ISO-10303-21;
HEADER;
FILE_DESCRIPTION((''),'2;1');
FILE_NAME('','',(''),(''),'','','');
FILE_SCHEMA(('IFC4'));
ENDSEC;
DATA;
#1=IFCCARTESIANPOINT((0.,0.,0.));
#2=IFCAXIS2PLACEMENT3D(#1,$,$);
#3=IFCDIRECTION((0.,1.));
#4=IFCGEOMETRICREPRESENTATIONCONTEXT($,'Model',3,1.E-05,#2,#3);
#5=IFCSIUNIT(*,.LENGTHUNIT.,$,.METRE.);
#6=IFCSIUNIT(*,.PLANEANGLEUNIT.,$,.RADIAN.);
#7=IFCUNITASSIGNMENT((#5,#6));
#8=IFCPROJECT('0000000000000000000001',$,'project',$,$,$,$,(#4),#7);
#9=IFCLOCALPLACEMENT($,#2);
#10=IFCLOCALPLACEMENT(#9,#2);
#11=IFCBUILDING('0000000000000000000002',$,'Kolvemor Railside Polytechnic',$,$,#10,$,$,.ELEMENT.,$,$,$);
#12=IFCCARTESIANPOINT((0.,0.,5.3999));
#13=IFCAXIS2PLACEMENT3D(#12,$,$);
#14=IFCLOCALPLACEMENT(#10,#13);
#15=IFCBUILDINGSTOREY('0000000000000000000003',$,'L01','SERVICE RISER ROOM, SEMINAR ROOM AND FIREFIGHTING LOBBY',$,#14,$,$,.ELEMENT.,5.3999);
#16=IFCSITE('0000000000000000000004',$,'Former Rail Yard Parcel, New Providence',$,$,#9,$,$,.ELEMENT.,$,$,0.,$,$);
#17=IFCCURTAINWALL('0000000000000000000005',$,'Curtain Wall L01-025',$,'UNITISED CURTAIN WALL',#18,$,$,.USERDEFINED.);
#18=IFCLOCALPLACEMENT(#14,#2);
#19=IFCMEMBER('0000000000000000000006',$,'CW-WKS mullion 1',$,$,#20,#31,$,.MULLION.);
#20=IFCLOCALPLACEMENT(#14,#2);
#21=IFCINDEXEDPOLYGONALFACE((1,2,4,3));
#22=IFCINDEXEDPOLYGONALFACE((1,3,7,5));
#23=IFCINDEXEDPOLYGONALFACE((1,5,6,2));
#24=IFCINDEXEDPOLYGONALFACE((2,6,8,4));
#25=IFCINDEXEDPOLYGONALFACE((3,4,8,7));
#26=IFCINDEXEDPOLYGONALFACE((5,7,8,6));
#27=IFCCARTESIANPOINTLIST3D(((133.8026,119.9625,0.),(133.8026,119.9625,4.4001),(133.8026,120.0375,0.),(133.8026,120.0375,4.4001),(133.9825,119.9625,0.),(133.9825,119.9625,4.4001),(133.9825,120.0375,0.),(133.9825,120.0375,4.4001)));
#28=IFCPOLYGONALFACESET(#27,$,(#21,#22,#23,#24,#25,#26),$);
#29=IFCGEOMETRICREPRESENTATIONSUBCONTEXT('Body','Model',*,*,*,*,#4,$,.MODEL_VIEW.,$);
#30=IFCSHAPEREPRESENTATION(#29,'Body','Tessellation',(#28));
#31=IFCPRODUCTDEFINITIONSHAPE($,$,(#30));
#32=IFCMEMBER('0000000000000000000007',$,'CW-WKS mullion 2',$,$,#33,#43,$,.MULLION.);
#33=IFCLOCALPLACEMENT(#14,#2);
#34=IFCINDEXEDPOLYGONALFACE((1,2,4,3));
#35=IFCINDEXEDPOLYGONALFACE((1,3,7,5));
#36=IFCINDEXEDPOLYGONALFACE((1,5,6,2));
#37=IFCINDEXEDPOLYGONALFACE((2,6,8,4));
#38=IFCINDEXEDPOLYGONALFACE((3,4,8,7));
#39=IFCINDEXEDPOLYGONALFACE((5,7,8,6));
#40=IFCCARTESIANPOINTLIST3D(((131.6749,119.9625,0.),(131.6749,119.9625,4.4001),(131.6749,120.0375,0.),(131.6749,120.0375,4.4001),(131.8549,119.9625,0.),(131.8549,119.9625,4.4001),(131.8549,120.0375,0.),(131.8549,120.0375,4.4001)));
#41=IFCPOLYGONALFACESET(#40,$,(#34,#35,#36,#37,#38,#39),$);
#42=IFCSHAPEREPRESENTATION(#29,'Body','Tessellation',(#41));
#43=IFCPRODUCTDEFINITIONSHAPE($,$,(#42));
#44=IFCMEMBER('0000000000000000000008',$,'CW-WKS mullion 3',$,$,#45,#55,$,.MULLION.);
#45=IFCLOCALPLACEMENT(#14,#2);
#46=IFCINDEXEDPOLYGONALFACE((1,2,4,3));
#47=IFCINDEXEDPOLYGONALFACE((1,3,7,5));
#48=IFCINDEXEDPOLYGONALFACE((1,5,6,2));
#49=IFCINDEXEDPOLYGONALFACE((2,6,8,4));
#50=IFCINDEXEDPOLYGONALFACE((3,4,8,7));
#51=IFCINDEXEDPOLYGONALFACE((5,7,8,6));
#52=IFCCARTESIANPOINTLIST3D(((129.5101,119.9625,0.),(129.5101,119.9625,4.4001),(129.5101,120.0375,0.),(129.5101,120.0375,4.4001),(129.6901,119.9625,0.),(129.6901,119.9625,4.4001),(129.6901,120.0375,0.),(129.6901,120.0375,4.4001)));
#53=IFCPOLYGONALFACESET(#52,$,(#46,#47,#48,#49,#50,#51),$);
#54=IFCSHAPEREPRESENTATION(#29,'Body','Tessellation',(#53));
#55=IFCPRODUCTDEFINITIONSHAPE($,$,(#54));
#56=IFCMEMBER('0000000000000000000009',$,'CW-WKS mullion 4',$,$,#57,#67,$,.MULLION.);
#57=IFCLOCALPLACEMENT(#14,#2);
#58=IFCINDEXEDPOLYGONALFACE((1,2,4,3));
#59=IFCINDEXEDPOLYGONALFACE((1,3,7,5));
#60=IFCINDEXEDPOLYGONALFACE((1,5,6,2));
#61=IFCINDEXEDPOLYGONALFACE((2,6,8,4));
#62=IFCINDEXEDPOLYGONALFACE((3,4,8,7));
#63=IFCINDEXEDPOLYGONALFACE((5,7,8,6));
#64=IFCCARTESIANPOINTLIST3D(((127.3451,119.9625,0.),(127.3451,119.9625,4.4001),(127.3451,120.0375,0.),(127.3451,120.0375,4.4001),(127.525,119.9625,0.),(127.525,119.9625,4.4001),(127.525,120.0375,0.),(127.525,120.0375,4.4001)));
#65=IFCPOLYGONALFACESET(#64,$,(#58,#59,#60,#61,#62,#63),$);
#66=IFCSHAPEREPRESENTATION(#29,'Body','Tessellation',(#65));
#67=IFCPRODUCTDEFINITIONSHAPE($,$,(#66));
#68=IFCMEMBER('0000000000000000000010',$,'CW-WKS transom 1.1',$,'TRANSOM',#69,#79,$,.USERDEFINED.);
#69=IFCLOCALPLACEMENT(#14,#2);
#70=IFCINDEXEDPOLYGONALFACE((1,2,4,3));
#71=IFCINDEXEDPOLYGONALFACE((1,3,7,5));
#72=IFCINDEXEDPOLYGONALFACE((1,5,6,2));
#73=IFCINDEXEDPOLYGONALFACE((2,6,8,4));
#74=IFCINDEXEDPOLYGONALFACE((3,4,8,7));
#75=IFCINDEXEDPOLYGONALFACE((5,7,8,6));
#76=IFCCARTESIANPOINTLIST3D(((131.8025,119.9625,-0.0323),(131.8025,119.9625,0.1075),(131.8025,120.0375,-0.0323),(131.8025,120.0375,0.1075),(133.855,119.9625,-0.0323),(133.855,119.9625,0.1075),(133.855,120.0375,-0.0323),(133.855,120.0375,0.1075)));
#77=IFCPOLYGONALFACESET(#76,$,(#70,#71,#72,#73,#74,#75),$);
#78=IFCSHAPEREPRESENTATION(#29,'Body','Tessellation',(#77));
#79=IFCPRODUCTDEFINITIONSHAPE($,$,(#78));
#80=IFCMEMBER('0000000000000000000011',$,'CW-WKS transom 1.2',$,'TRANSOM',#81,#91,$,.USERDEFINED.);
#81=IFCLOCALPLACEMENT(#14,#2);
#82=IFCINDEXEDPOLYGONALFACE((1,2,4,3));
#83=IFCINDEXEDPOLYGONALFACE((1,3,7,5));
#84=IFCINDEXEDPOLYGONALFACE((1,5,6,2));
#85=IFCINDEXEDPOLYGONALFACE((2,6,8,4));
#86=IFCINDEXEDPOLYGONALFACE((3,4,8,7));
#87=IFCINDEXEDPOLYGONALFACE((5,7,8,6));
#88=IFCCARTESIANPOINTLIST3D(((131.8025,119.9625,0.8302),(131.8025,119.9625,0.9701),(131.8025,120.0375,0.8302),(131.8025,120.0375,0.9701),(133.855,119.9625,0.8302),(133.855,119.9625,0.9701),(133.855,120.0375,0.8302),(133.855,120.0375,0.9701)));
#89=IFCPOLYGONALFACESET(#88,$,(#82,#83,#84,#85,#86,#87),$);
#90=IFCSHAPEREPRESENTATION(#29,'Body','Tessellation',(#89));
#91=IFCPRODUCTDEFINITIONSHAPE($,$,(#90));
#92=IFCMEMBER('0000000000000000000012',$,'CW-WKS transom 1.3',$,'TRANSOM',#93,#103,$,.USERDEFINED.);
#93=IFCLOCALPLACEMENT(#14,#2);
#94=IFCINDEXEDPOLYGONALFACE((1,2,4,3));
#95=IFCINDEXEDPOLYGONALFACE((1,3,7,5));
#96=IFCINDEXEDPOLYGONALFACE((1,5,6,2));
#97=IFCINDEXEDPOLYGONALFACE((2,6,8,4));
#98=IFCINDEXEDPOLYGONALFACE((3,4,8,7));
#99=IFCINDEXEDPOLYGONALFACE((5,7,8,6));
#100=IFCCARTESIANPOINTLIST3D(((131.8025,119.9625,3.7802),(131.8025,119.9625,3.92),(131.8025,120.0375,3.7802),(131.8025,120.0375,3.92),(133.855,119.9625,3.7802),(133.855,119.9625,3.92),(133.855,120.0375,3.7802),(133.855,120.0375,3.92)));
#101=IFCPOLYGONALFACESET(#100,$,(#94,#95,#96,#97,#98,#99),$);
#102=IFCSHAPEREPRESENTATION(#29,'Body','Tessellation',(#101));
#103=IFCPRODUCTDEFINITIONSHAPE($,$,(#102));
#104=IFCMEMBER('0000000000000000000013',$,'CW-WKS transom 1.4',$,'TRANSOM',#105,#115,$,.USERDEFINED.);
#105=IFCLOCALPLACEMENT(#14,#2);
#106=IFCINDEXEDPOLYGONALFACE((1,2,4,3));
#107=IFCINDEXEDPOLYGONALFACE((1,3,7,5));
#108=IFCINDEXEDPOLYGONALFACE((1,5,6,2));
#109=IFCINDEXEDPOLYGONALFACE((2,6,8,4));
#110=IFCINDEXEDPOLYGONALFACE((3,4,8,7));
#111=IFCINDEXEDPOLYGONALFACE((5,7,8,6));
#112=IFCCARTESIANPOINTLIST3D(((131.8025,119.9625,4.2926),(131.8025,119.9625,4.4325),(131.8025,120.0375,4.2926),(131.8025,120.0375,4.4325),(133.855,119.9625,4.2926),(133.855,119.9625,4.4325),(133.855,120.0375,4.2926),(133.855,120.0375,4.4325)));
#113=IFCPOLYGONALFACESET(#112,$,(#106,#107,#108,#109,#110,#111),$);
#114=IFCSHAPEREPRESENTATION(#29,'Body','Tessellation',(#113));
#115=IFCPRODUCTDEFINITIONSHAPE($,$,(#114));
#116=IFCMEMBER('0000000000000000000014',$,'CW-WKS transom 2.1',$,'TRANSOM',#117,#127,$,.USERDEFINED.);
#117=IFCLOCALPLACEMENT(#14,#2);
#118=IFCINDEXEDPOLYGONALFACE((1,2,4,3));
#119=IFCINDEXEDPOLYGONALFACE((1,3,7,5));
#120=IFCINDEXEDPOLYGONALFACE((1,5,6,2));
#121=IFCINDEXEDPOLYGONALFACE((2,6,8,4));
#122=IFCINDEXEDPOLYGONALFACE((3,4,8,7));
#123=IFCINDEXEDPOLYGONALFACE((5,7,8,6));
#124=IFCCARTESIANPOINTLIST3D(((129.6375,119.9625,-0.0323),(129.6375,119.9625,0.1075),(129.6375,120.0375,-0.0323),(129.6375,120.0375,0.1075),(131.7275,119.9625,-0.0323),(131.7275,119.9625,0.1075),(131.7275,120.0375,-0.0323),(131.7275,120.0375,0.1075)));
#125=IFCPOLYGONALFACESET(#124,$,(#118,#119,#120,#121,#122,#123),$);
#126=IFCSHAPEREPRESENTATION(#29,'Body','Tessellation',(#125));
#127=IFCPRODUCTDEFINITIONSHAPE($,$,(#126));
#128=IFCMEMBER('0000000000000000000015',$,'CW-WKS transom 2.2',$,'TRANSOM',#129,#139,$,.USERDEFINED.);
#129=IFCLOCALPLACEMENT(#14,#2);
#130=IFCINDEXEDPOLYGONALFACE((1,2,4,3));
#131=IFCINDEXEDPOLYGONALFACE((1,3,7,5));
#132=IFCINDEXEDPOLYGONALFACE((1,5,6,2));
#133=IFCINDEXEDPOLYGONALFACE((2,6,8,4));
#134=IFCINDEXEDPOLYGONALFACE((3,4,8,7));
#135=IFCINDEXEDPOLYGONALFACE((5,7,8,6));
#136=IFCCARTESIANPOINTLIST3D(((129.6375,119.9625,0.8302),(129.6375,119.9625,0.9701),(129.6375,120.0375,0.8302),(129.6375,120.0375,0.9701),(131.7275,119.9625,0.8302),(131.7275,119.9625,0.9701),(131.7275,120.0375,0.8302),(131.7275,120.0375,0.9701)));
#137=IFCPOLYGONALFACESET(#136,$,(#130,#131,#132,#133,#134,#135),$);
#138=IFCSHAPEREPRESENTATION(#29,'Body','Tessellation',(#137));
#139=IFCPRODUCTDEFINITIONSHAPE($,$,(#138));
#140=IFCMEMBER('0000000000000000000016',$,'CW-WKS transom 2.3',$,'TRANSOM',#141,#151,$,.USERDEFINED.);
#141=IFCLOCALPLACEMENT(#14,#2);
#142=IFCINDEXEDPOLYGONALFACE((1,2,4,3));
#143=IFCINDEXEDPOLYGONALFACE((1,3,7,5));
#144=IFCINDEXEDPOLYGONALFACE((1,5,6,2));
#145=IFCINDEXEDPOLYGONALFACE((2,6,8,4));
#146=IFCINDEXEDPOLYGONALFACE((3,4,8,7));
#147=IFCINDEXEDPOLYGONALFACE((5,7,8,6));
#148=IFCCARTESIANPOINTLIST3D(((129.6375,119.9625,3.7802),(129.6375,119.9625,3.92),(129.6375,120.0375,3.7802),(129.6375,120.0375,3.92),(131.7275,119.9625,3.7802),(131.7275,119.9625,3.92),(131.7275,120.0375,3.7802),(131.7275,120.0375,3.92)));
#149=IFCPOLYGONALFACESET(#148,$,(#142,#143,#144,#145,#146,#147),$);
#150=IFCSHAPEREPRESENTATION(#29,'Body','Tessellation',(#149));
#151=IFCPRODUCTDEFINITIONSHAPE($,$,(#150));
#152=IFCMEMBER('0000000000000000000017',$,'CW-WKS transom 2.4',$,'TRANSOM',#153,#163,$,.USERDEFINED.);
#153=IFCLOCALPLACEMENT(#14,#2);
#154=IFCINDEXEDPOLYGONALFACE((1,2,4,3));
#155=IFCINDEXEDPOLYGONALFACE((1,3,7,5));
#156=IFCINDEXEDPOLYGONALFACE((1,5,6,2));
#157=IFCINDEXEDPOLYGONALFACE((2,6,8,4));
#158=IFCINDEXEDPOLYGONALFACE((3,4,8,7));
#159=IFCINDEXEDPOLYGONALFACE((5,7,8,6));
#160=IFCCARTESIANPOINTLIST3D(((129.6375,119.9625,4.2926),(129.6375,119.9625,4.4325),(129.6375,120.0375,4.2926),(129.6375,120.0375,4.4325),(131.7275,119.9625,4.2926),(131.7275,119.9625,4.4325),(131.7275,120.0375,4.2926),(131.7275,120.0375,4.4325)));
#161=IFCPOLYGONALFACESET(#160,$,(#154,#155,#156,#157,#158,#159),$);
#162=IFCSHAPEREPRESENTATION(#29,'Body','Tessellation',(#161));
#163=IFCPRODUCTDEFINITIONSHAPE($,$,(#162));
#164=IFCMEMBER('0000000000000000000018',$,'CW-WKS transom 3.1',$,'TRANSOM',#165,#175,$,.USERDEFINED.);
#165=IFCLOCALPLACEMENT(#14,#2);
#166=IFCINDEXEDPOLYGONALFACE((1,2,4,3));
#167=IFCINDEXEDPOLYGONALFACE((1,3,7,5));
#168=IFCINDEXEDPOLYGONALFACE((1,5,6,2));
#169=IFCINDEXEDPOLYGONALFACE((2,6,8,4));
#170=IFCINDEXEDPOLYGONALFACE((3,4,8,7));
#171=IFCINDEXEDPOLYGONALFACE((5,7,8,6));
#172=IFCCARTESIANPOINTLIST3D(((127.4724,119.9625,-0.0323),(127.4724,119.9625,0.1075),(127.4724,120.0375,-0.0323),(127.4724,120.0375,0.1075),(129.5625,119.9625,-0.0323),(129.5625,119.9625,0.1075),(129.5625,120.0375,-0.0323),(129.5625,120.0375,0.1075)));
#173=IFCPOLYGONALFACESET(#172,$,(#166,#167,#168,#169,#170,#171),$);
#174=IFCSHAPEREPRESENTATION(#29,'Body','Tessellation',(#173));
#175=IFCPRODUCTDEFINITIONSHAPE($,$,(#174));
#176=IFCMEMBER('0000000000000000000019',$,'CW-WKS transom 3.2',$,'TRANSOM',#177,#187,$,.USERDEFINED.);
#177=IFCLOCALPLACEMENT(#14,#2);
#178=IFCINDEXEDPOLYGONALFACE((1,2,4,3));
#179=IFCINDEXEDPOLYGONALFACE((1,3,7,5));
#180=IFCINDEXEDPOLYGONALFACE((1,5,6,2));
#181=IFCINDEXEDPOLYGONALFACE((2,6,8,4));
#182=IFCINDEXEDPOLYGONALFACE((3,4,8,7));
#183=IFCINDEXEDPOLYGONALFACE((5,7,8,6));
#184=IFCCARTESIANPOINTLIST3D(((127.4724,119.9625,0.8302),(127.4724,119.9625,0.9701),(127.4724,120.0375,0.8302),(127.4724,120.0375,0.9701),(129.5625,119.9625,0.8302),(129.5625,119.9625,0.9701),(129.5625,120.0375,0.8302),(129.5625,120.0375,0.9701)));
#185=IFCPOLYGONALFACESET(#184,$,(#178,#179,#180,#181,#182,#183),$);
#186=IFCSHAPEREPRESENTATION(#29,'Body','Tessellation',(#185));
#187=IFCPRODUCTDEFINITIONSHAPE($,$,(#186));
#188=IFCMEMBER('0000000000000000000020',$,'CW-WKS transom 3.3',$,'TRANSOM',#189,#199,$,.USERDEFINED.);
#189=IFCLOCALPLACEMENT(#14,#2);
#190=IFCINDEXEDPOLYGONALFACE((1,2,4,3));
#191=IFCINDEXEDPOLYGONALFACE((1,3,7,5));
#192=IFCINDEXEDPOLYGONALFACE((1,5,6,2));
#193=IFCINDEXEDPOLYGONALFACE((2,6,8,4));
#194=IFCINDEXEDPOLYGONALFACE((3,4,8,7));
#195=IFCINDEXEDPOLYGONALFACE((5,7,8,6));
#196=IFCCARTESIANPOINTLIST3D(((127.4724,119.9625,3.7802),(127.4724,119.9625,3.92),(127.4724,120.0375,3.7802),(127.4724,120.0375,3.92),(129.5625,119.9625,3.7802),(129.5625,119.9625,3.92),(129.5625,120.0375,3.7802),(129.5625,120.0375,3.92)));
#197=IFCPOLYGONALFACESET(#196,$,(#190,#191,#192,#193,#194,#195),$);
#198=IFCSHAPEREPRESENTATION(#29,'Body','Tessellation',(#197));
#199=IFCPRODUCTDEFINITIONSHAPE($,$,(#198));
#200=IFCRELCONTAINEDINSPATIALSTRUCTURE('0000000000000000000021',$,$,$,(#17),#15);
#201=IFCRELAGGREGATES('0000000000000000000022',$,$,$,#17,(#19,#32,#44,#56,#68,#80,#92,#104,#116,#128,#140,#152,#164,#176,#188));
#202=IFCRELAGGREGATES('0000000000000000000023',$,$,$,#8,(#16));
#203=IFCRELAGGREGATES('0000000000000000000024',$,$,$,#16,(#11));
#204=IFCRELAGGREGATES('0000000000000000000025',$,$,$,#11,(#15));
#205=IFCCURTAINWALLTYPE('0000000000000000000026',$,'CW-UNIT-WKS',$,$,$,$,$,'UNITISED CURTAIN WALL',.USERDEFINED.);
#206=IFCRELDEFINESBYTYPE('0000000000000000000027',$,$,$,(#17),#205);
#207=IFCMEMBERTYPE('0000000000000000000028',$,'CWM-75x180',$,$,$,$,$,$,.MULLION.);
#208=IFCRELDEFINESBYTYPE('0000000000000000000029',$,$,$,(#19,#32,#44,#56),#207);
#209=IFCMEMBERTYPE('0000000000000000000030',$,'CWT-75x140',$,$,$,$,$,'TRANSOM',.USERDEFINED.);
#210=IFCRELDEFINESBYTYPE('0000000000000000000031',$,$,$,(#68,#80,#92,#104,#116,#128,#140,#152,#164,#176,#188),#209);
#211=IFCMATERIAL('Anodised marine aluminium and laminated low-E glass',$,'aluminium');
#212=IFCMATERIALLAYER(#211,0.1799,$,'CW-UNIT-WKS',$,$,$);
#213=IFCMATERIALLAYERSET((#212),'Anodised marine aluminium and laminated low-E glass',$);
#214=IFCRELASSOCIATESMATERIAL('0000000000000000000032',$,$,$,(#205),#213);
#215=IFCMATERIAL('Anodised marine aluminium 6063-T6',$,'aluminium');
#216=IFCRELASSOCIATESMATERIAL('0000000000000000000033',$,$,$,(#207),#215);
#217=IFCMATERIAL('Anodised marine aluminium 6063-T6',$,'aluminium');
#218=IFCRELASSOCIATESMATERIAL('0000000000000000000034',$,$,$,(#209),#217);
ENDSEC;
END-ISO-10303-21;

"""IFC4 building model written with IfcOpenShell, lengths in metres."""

from ifc_helpers import new_model, si_unit, direction, frame, origin, origin_2d, place, context, subcontext, project, spatial, rectangle, extrude, material, layer, layer_set, material_profile, profile_set, type_object, element, aggregate, save


model = new_model("IFC4")

# Units and contexts
model_context = context("Model", 3, precision=1e-05, world=origin(), true_north=direction((0.0, 1.0)))
body_context = subcontext(model_context, "Body", "Model", "MODEL_VIEW")
ifc_project = project(units=[si_unit("LENGTHUNIT", "METRE"), si_unit("PLANEANGLEUNIT", "RADIAN")], contexts=[model_context])

# Site, building, storey
site_placement = place(None, origin())
site = spatial("IfcSite", under=ifc_project, at=site_placement, Name="Former Rail Yard Parcel, New Providence", CompositionType="ELEMENT", RefElevation=0.0)
building_placement = place(site_placement, origin())
building = spatial("IfcBuilding", under=site, at=building_placement, Name="Kolvemor Railside Polytechnic", CompositionType="ELEMENT")
storey_placement = place(building_placement, frame((0.0, 0.0, 5.3999)))
storey = spatial("IfcBuildingStorey", under=building, at=storey_placement, Name="L01", Description="SERVICE RISER ROOM, SEMINAR ROOM AND FIREFIGHTING LOBBY", CompositionType="ELEMENT", Elevation=5.3999)

# Curtain wall, members
ifc_material_1 = material(Name="Anodised marine aluminium and laminated low-E glass", Category="aluminium")
ifc_layer_1 = layer(ifc_material_1, 0.1799, Name="CW-UNIT-WKS")
ifc_layer_set_1 = layer_set([ifc_layer_1], Name="Anodised marine aluminium and laminated low-E glass")
curtain_wall_type = type_object("IfcCurtainWallType", Name="CW-UNIT-WKS", ElementType="UNITISED CURTAIN WALL", PredefinedType="USERDEFINED", material=ifc_layer_set_1)
curtain_wall_placement = place(storey_placement, origin())
curtain_wall = element("IfcCurtainWall", 1, at=curtain_wall_placement, inside=storey, type_object=curtain_wall_type, Name="Curtain Wall L01-025", ObjectType="UNITISED CURTAIN WALL", PredefinedType="USERDEFINED")
ifc_material_2 = material(Name="Anodised marine aluminium 6063-T6", Category="aluminium")
ifc_material_profile_1 = material_profile(ifc_material_2, rectangle(XDim=0.075, YDim=0.1799, at=origin_2d()), Name="CW-MUL-75x180")
ifc_profile_set_1 = profile_set([ifc_material_profile_1], Name="Anodised marine aluminium 6063-T6")
member_type_1 = type_object("IfcMemberType", Name="CWM-75x180", PredefinedType="MULLION", material=ifc_profile_set_1)
member_1_placement = place(storey_placement, frame((133.8926, 120.0, 0.0), z_axis=(0.0, 0.0, 1.0), x_axis=(0.0, -1.0, 0.0)))
member_1 = element("IfcMember", 2, at=member_1_placement, type_object=member_type_1, Name="CW-WKS mullion 1", PredefinedType="MULLION", context=body_context, shape_type="SweptSolid", body=[
    extrude(rectangle(XDim=0.075, YDim=0.1799, at=origin_2d()), origin(), (0.0, 0.0, 1.0), 4.4001),
])
member_2_placement = place(storey_placement, frame((131.7649, 120.0, 0.0), z_axis=(0.0, 0.0, 1.0), x_axis=(0.0, -1.0, 0.0)))
member_2 = element("IfcMember", 3, at=member_2_placement, type_object=member_type_1, Name="CW-WKS mullion 2", PredefinedType="MULLION", context=body_context, shape_type="SweptSolid", body=[
    extrude(rectangle(XDim=0.075, YDim=0.1799, at=origin_2d()), origin(), (0.0, 0.0, 1.0), 4.4001),
])
member_3_placement = place(storey_placement, frame((129.6001, 120.0, 0.0), z_axis=(0.0, 0.0, 1.0), x_axis=(0.0, -1.0, 0.0)))
member_3 = element("IfcMember", 4, at=member_3_placement, type_object=member_type_1, Name="CW-WKS mullion 3", PredefinedType="MULLION", context=body_context, shape_type="SweptSolid", body=[
    extrude(rectangle(XDim=0.075, YDim=0.1799, at=origin_2d()), origin(), (0.0, 0.0, 1.0), 4.4001),
])
member_4_placement = place(storey_placement, frame((127.4351, 120.0, 0.0), z_axis=(0.0, 0.0, 1.0), x_axis=(0.0, -1.0, 0.0)))
member_4 = element("IfcMember", 5, at=member_4_placement, type_object=member_type_1, Name="CW-WKS mullion 4", PredefinedType="MULLION", context=body_context, shape_type="SweptSolid", body=[
    extrude(rectangle(XDim=0.075, YDim=0.1799, at=origin_2d()), origin(), (0.0, 0.0, 1.0), 4.4001),
])
ifc_material_3 = material(Name="Anodised marine aluminium 6063-T6", Category="aluminium")
ifc_material_profile_2 = material_profile(ifc_material_3, rectangle(XDim=0.075, YDim=0.1399, at=origin_2d()), Name="CW-TRN-75x140")
ifc_profile_set_2 = profile_set([ifc_material_profile_2], Name="Anodised marine aluminium 6063-T6")
member_type_2 = type_object("IfcMemberType", Name="CWT-75x140", ElementType="TRANSOM", PredefinedType="USERDEFINED", material=ifc_profile_set_2)
member_5_placement = place(storey_placement, frame((133.855, 120.0, 0.0376), z_axis=(-1.0, 0.0, 0.0), x_axis=(0.0, -1.0, 0.0)))
member_5 = element("IfcMember", 6, at=member_5_placement, type_object=member_type_2, Name="CW-WKS transom 1.1", ObjectType="TRANSOM", PredefinedType="USERDEFINED", context=body_context, shape_type="SweptSolid", body=[
    extrude(rectangle(XDim=0.075, YDim=0.1399, at=origin_2d()), origin(), (0.0, 0.0, 1.0), 2.0525),
])
member_6_placement = place(storey_placement, frame((133.855, 120.0, 0.9001), z_axis=(-1.0, 0.0, 0.0), x_axis=(0.0, -1.0, 0.0)))
member_6 = element("IfcMember", 7, at=member_6_placement, type_object=member_type_2, Name="CW-WKS transom 1.2", ObjectType="TRANSOM", PredefinedType="USERDEFINED", context=body_context, shape_type="SweptSolid", body=[
    extrude(rectangle(XDim=0.075, YDim=0.1399, at=origin_2d()), origin(), (0.0, 0.0, 1.0), 2.0525),
])
member_7_placement = place(storey_placement, frame((133.855, 120.0, 3.8501), z_axis=(-1.0, 0.0, 0.0), x_axis=(0.0, -1.0, 0.0)))
member_7 = element("IfcMember", 8, at=member_7_placement, type_object=member_type_2, Name="CW-WKS transom 1.3", ObjectType="TRANSOM", PredefinedType="USERDEFINED", context=body_context, shape_type="SweptSolid", body=[
    extrude(rectangle(XDim=0.075, YDim=0.1399, at=origin_2d()), origin(), (0.0, 0.0, 1.0), 2.0525),
])
member_8_placement = place(storey_placement, frame((133.855, 120.0, 4.3625), z_axis=(-1.0, 0.0, 0.0), x_axis=(0.0, -1.0, 0.0)))
member_8 = element("IfcMember", 9, at=member_8_placement, type_object=member_type_2, Name="CW-WKS transom 1.4", ObjectType="TRANSOM", PredefinedType="USERDEFINED", context=body_context, shape_type="SweptSolid", body=[
    extrude(rectangle(XDim=0.075, YDim=0.1399, at=origin_2d()), origin(), (0.0, 0.0, 1.0), 2.0525),
])
member_9_placement = place(storey_placement, frame((131.7275, 120.0, 0.0376), z_axis=(-1.0, 0.0, 0.0), x_axis=(0.0, -1.0, 0.0)))
member_9 = element("IfcMember", 10, at=member_9_placement, type_object=member_type_2, Name="CW-WKS transom 2.1", ObjectType="TRANSOM", PredefinedType="USERDEFINED", context=body_context, shape_type="SweptSolid", body=[
    extrude(rectangle(XDim=0.075, YDim=0.1399, at=origin_2d()), origin(), (0.0, 0.0, 1.0), 2.0901),
])
member_10_placement = place(storey_placement, frame((131.7275, 120.0, 0.9001), z_axis=(-1.0, 0.0, 0.0), x_axis=(0.0, -1.0, 0.0)))
member_10 = element("IfcMember", 11, at=member_10_placement, type_object=member_type_2, Name="CW-WKS transom 2.2", ObjectType="TRANSOM", PredefinedType="USERDEFINED", context=body_context, shape_type="SweptSolid", body=[
    extrude(rectangle(XDim=0.075, YDim=0.1399, at=origin_2d()), origin(), (0.0, 0.0, 1.0), 2.0901),
])
member_11_placement = place(storey_placement, frame((131.7275, 120.0, 3.8501), z_axis=(-1.0, 0.0, 0.0), x_axis=(0.0, -1.0, 0.0)))
member_11 = element("IfcMember", 12, at=member_11_placement, type_object=member_type_2, Name="CW-WKS transom 2.3", ObjectType="TRANSOM", PredefinedType="USERDEFINED", context=body_context, shape_type="SweptSolid", body=[
    extrude(rectangle(XDim=0.075, YDim=0.1399, at=origin_2d()), origin(), (0.0, 0.0, 1.0), 2.0901),
])
member_12_placement = place(storey_placement, frame((131.7275, 120.0, 4.3625), z_axis=(-1.0, 0.0, 0.0), x_axis=(0.0, -1.0, 0.0)))
member_12 = element("IfcMember", 13, at=member_12_placement, type_object=member_type_2, Name="CW-WKS transom 2.4", ObjectType="TRANSOM", PredefinedType="USERDEFINED", context=body_context, shape_type="SweptSolid", body=[
    extrude(rectangle(XDim=0.075, YDim=0.1399, at=origin_2d()), origin(), (0.0, 0.0, 1.0), 2.0901),
])
member_13_placement = place(storey_placement, frame((129.5625, 120.0, 0.0376), z_axis=(-1.0, 0.0, 0.0), x_axis=(0.0, -1.0, 0.0)))
member_13 = element("IfcMember", 14, at=member_13_placement, type_object=member_type_2, Name="CW-WKS transom 3.1", ObjectType="TRANSOM", PredefinedType="USERDEFINED", context=body_context, shape_type="SweptSolid", body=[
    extrude(rectangle(XDim=0.075, YDim=0.1399, at=origin_2d()), origin(), (0.0, 0.0, 1.0), 2.0901),
])
member_14_placement = place(storey_placement, frame((129.5625, 120.0, 0.9001), z_axis=(-1.0, 0.0, 0.0), x_axis=(0.0, -1.0, 0.0)))
member_14 = element("IfcMember", 15, at=member_14_placement, type_object=member_type_2, Name="CW-WKS transom 3.2", ObjectType="TRANSOM", PredefinedType="USERDEFINED", context=body_context, shape_type="SweptSolid", body=[
    extrude(rectangle(XDim=0.075, YDim=0.1399, at=origin_2d()), origin(), (0.0, 0.0, 1.0), 2.0901),
])
member_15_placement = place(storey_placement, frame((129.5625, 120.0, 3.8501), z_axis=(-1.0, 0.0, 0.0), x_axis=(0.0, -1.0, 0.0)))
member_15 = element("IfcMember", 16, at=member_15_placement, type_object=member_type_2, Name="CW-WKS transom 3.3", ObjectType="TRANSOM", PredefinedType="USERDEFINED", context=body_context, shape_type="SweptSolid", body=[
    extrude(rectangle(XDim=0.075, YDim=0.1399, at=origin_2d()), origin(), (0.0, 0.0, 1.0), 2.0901),
])
aggregate(curtain_wall, [member_1, member_2, member_3, member_4, member_5, member_6, member_7, member_8, member_9, member_10, member_11, member_12, member_13, member_14, member_15])

save(model, "model.ifc")
